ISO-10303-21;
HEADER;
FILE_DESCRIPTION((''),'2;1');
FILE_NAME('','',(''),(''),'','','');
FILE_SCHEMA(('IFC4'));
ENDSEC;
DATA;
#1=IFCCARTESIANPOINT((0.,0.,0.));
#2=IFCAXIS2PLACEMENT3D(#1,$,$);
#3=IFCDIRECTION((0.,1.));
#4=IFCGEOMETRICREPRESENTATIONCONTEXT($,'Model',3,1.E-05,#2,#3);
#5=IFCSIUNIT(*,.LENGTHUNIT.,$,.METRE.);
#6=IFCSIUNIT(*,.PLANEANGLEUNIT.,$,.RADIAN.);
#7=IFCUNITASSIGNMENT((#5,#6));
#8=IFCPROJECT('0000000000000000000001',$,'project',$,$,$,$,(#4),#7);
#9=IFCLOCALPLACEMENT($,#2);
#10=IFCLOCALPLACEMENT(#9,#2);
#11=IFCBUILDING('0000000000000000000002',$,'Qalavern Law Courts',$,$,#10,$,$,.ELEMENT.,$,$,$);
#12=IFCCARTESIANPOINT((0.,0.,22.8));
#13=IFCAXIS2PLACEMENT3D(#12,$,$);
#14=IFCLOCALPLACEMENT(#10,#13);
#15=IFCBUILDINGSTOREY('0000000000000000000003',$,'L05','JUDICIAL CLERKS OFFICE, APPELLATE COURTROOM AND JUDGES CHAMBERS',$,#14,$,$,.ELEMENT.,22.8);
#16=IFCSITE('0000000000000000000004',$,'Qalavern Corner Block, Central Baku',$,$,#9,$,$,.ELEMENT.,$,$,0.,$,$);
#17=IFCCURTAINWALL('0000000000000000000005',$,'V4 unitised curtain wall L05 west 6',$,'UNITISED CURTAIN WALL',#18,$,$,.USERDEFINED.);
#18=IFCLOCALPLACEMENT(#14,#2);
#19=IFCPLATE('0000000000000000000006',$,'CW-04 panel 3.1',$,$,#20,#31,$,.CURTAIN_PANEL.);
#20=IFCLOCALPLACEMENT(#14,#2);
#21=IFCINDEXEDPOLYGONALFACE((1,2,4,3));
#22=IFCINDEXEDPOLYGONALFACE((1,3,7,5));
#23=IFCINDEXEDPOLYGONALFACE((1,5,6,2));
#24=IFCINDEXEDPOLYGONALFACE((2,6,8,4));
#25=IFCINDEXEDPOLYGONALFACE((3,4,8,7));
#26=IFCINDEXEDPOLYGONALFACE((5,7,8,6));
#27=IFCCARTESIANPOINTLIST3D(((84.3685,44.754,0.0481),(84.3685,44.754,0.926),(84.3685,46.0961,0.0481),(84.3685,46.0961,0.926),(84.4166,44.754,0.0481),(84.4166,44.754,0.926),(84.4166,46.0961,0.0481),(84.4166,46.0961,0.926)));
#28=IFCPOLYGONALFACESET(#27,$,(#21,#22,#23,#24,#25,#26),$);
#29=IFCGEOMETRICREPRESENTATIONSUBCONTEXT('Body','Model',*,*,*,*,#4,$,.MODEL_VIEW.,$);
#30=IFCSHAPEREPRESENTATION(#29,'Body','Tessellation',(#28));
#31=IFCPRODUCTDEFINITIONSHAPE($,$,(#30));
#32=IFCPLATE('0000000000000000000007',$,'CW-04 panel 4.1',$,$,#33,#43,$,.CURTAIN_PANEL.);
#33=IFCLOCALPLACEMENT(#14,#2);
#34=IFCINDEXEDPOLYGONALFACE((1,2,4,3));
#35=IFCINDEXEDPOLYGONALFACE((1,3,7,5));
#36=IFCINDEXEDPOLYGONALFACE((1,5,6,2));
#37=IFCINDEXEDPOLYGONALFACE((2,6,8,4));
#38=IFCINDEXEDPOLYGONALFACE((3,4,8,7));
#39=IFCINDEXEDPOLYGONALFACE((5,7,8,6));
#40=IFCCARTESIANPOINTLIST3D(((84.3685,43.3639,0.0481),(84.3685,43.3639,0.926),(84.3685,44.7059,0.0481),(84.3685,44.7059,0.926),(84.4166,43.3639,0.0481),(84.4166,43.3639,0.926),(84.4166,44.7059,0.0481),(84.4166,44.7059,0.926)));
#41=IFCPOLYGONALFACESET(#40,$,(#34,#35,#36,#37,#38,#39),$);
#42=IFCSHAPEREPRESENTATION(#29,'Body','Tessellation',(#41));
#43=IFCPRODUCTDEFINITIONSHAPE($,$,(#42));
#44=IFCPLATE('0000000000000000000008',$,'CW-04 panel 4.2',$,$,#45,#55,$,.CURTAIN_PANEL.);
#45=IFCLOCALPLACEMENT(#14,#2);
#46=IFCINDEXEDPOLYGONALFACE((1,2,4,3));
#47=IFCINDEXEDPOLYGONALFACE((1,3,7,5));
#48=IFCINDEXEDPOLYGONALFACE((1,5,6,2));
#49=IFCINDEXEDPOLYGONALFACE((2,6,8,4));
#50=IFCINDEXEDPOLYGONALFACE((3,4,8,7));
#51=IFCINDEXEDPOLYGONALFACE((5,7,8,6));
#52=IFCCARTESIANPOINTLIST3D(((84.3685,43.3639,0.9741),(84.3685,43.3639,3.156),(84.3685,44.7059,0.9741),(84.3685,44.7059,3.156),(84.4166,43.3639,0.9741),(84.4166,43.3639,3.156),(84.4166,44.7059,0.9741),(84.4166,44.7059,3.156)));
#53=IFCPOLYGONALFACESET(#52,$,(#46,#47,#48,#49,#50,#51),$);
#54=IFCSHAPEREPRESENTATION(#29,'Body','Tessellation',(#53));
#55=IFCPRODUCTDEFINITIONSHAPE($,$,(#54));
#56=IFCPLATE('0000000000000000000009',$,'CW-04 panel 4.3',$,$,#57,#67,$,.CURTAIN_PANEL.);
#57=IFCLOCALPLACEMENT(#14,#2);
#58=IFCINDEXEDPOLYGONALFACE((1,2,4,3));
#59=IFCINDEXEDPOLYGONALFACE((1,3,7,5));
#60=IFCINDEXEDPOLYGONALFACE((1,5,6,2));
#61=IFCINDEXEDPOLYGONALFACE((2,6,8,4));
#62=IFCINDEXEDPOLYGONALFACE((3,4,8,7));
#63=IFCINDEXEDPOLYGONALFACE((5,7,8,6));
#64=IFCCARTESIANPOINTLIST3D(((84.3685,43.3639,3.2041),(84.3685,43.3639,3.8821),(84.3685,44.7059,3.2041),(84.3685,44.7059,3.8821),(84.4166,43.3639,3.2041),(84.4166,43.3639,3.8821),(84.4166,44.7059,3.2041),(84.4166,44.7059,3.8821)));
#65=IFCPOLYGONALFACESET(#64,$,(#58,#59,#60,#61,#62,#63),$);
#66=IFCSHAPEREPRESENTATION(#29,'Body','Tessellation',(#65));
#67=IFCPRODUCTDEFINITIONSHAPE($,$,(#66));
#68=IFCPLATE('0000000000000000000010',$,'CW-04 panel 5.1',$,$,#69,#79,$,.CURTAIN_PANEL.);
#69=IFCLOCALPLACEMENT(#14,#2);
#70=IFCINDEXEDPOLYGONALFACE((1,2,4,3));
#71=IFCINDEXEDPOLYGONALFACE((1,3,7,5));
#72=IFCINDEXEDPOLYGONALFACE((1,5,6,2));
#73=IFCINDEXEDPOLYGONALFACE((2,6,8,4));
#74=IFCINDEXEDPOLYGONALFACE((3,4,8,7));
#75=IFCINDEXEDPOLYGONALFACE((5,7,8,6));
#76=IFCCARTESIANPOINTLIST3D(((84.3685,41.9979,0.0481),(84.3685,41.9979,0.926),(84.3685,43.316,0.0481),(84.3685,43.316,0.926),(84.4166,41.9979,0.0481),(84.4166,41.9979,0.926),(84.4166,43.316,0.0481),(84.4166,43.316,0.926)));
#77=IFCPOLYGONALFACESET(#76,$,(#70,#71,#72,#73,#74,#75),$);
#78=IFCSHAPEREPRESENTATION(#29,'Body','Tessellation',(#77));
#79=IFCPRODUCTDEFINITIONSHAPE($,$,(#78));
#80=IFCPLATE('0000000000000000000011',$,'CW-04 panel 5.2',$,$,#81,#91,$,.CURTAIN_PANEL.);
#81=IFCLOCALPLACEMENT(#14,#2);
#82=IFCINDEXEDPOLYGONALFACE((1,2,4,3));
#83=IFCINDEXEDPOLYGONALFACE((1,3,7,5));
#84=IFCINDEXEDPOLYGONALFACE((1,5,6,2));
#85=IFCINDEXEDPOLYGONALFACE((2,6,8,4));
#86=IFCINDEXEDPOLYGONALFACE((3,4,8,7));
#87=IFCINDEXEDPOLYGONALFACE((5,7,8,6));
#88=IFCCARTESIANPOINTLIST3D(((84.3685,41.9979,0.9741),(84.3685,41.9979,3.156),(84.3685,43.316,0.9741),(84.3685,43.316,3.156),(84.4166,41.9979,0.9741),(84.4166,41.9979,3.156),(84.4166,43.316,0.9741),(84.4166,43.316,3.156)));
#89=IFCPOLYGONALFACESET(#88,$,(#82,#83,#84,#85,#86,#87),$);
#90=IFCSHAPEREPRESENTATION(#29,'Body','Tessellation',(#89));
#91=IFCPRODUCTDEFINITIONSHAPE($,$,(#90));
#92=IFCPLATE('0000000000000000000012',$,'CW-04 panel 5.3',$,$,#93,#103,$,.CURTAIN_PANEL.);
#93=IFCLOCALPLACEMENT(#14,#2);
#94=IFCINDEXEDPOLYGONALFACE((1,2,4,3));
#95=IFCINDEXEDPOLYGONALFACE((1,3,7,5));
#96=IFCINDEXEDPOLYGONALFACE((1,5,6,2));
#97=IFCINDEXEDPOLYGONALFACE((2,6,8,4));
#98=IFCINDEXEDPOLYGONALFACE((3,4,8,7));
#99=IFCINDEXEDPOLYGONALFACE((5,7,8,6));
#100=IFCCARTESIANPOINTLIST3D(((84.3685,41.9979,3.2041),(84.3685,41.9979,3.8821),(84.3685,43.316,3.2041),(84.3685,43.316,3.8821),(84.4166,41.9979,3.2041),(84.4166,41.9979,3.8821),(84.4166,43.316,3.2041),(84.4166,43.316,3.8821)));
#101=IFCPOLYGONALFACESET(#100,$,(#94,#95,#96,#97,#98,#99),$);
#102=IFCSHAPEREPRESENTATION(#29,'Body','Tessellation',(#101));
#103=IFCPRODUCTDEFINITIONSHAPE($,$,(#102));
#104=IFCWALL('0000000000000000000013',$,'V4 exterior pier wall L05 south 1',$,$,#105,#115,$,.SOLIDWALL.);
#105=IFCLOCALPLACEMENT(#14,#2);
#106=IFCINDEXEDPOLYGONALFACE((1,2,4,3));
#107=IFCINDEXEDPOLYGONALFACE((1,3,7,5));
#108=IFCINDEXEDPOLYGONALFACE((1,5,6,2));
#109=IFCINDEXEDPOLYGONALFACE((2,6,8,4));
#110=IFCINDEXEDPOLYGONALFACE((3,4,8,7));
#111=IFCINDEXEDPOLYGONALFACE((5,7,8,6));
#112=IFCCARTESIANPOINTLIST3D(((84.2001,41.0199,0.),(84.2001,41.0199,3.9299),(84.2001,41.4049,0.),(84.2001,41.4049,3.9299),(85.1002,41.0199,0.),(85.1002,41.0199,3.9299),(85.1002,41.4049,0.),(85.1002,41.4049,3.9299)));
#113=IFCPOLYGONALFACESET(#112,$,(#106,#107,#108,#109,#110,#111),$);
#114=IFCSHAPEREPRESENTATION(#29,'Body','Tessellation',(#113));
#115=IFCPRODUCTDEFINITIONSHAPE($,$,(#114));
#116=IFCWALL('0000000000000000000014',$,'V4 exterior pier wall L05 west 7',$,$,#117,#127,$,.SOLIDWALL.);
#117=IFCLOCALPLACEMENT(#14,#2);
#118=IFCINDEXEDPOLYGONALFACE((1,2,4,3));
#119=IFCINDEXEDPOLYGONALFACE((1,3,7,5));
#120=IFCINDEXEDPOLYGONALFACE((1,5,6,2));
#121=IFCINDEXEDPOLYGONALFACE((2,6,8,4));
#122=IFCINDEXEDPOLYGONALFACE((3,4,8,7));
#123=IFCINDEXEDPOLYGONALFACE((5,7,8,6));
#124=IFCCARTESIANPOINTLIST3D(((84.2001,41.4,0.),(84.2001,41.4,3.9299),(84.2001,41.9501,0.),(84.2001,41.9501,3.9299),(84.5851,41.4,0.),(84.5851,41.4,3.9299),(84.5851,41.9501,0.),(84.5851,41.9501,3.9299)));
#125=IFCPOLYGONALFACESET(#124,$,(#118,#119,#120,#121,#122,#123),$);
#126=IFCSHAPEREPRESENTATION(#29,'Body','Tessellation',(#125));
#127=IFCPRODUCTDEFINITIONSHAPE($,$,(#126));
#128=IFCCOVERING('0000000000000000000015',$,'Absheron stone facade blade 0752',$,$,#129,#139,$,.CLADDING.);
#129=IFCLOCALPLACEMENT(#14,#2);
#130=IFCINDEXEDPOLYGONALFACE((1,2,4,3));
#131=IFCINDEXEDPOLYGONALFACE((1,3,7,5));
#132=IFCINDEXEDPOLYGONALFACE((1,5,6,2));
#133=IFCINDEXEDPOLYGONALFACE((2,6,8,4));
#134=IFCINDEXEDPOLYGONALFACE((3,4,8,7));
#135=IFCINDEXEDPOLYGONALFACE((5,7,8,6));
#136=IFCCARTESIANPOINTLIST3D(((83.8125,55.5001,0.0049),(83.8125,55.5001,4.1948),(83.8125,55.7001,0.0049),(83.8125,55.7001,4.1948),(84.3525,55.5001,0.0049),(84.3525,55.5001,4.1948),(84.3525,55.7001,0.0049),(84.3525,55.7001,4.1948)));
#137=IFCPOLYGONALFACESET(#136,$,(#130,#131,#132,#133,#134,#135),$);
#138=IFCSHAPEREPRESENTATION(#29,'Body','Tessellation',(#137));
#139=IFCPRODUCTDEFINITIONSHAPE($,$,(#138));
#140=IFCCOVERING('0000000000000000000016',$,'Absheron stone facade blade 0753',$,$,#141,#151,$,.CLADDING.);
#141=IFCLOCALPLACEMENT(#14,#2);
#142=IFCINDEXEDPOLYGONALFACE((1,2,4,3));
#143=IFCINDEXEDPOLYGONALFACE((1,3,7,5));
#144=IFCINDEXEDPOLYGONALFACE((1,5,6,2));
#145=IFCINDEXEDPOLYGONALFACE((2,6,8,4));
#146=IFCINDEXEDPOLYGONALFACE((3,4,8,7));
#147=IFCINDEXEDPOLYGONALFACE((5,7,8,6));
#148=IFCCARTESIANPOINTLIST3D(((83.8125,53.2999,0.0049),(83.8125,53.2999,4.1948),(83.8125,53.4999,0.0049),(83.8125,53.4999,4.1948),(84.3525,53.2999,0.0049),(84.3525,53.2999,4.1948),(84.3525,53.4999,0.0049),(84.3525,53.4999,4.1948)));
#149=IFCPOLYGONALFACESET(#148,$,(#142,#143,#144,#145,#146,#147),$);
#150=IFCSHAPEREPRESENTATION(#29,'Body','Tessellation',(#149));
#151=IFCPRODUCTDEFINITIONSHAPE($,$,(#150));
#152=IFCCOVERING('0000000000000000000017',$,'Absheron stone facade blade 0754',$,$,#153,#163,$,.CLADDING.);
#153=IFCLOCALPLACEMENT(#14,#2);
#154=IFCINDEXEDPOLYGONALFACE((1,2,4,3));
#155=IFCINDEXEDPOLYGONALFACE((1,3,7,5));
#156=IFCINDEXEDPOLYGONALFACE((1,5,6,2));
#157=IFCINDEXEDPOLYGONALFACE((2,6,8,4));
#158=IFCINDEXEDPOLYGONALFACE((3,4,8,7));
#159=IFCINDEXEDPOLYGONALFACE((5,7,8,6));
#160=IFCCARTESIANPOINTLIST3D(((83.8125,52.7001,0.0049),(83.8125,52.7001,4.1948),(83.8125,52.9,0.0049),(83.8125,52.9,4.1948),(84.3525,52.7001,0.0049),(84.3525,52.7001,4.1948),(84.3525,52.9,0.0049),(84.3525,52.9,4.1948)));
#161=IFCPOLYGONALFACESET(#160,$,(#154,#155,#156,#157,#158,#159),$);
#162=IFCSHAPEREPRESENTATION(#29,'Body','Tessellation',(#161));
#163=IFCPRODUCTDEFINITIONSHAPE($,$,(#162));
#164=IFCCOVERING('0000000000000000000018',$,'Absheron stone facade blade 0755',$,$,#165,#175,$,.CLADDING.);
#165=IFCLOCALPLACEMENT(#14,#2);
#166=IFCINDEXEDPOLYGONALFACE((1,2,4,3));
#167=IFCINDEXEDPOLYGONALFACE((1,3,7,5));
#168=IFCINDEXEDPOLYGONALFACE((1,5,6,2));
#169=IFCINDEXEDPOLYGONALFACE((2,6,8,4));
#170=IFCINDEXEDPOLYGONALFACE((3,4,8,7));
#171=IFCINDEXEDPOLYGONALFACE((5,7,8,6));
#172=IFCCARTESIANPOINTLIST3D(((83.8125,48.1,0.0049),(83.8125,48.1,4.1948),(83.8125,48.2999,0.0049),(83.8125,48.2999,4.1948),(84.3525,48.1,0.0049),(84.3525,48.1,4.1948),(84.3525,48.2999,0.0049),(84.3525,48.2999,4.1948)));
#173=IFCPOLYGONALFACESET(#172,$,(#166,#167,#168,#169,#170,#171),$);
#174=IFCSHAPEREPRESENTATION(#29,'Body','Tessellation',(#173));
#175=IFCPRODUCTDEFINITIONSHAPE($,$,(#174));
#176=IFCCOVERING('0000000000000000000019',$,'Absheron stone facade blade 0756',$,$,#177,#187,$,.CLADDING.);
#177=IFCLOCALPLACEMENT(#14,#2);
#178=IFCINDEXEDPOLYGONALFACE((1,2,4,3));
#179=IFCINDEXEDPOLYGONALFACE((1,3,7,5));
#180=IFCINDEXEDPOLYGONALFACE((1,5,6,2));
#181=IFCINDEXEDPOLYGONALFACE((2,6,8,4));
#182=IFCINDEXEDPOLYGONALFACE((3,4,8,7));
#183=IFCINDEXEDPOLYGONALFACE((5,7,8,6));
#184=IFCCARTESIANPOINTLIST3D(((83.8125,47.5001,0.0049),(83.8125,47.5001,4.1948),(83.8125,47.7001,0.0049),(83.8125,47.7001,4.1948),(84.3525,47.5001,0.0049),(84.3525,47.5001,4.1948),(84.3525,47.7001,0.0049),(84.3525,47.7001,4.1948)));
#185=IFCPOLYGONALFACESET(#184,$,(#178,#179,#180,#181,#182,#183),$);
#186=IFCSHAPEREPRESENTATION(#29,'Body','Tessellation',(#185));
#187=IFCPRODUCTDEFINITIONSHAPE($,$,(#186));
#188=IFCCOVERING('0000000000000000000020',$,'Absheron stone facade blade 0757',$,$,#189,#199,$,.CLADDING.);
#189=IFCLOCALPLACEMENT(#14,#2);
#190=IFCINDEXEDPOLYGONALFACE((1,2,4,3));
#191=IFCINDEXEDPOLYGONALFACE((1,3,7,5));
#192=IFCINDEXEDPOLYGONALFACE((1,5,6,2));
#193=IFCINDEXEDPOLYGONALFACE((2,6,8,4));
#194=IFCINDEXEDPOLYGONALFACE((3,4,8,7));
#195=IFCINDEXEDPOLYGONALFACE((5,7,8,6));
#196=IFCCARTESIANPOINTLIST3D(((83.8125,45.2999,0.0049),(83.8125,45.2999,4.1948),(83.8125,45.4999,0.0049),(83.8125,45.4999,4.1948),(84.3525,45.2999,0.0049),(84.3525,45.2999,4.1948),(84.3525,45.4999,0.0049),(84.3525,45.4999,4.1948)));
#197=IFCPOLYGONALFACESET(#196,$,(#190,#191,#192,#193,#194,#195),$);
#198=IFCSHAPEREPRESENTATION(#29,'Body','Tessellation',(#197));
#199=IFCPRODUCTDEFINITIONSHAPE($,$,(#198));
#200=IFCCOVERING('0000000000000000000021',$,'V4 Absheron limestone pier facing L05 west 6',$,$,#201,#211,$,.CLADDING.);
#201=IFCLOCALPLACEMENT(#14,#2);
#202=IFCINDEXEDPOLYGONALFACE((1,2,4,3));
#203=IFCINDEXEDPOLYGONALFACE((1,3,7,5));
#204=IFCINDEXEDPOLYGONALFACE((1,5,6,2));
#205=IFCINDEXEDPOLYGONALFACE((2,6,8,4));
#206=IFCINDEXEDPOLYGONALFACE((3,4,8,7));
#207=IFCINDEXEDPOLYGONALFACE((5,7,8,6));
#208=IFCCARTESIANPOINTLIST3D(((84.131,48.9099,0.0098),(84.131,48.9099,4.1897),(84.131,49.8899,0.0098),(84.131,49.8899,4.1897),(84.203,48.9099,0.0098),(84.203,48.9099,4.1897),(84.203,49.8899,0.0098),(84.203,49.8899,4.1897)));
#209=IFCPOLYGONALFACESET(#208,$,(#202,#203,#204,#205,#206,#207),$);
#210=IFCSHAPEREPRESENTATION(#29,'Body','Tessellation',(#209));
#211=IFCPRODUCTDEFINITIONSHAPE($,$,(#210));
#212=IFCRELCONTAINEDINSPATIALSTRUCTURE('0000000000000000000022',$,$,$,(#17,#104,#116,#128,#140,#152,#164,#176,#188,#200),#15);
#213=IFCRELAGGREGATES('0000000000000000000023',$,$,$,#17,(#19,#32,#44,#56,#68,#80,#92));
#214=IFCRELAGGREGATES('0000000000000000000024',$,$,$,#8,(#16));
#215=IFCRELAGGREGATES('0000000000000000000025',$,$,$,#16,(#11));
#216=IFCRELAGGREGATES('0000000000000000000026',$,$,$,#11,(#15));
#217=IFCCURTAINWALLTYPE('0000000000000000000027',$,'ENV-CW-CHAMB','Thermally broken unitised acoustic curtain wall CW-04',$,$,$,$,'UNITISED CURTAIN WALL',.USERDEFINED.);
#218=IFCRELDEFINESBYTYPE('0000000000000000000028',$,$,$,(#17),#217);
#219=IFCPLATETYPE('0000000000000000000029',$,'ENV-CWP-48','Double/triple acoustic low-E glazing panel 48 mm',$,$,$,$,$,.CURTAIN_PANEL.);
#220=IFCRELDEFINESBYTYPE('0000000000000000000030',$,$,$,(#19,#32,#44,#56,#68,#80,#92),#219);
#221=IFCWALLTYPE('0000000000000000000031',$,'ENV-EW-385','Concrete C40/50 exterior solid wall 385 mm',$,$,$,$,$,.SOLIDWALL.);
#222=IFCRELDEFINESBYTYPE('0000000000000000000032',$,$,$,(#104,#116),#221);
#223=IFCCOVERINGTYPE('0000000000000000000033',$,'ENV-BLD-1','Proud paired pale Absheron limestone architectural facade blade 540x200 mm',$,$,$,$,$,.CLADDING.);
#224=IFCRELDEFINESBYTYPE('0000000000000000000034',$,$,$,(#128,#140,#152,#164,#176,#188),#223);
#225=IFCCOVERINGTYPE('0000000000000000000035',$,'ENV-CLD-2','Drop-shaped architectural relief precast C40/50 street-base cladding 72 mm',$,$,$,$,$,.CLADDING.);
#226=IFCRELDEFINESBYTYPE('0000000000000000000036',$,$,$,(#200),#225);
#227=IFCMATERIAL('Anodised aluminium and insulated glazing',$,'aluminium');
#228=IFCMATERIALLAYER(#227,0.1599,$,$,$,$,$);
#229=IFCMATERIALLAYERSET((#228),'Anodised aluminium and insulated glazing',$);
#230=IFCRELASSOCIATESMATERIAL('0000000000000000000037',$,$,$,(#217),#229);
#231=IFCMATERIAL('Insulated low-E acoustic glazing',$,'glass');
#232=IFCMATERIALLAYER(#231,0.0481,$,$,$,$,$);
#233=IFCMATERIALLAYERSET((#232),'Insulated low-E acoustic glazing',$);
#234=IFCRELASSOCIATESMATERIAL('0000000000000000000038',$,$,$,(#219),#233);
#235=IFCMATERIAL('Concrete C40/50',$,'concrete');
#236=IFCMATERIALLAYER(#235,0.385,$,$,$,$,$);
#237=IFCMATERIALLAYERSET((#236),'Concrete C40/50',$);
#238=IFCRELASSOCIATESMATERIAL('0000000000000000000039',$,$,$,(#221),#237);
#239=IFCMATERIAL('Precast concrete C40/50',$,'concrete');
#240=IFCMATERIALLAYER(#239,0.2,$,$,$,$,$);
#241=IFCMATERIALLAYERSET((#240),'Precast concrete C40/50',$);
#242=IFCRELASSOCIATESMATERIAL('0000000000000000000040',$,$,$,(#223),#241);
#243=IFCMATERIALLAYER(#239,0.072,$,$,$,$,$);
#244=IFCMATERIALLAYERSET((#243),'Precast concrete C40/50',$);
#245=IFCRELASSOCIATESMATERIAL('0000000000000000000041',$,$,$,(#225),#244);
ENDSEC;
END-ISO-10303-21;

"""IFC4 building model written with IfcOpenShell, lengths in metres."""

from ifc_helpers import new_model, si_unit, direction, frame, frame_2d, origin, origin_2d, place, context, subcontext, project, spatial, rectangle, extrude, material, layer, layer_set, type_object, element, aggregate, save


model = new_model("IFC4")

# Units and contexts
model_context = context("Model", 3, precision=1e-05, world=origin(), true_north=direction((0.0, 1.0)))
body_context = subcontext(model_context, "Body", "Model", "MODEL_VIEW")
ifc_project = project(units=[si_unit("LENGTHUNIT", "METRE"), si_unit("PLANEANGLEUNIT", "RADIAN")], contexts=[model_context])

# Site, building, storey
site_placement = place(None, origin())
site = spatial("IfcSite", under=ifc_project, at=site_placement, Name="Qalavern Corner Block, Central Baku", CompositionType="ELEMENT", RefElevation=0.0)
building_placement = place(site_placement, origin())
building = spatial("IfcBuilding", under=site, at=building_placement, Name="Qalavern Law Courts", CompositionType="ELEMENT")
storey_placement = place(building_placement, frame((0.0, 0.0, 22.8)))
storey = spatial("IfcBuildingStorey", under=building, at=storey_placement, Name="L05", Description="JUDICIAL CLERKS OFFICE, APPELLATE COURTROOM AND JUDGES CHAMBERS", CompositionType="ELEMENT", Elevation=22.8)

# Curtain wall, plates
ifc_material_1 = material(Name="Anodised aluminium and insulated glazing", Category="aluminium")
ifc_layer_1 = layer(ifc_material_1, 0.1599)
ifc_layer_set_1 = layer_set([ifc_layer_1], Name="Anodised aluminium and insulated glazing")
curtain_wall_type = type_object("IfcCurtainWallType", Name="ENV-CW-CHAMB", Description="Thermally broken unitised acoustic curtain wall CW-04", ElementType="UNITISED CURTAIN WALL", PredefinedType="USERDEFINED", material=ifc_layer_set_1)
curtain_wall_placement = place(storey_placement, origin())
curtain_wall = element("IfcCurtainWall", 1, at=curtain_wall_placement, inside=storey, type_object=curtain_wall_type, Name="V4 unitised curtain wall L05 west 6", ObjectType="UNITISED CURTAIN WALL", PredefinedType="USERDEFINED")
ifc_material_2 = material(Name="Insulated low-E acoustic glazing", Category="glass")
ifc_layer_2 = layer(ifc_material_2, 0.0481)
ifc_layer_set_2 = layer_set([ifc_layer_2], Name="Insulated low-E acoustic glazing")
plate_type = type_object("IfcPlateType", Name="ENV-CWP-48", Description="Double/triple acoustic low-E glazing panel 48 mm", PredefinedType="CURTAIN_PANEL", material=ifc_layer_set_2)
plate_1_placement = place(storey_placement, frame((84.3926, 45.425, 0.0481), z_axis=(0.0, 0.0, 1.0), x_axis=(0.0, -1.0, 0.0)))
plate_1 = element("IfcPlate", 2, at=plate_1_placement, type_object=plate_type, Name="CW-04 panel 3.1", PredefinedType="CURTAIN_PANEL", context=body_context, shape_type="SweptSolid", body=[
    extrude(rectangle(XDim=1.342, YDim=0.0481, at=origin_2d()), origin(), (0.0, 0.0, 1.0), 0.8779),
])
plate_2_placement = place(storey_placement, frame((84.3926, 44.0349, 0.0481), z_axis=(0.0, 0.0, 1.0), x_axis=(0.0, -1.0, 0.0)))
plate_2 = element("IfcPlate", 3, at=plate_2_placement, type_object=plate_type, Name="CW-04 panel 4.1", PredefinedType="CURTAIN_PANEL", context=body_context, shape_type="SweptSolid", body=[
    extrude(rectangle(XDim=1.342, YDim=0.0481, at=origin_2d()), origin(), (0.0, 0.0, 1.0), 0.8779),
])
plate_3_placement = place(storey_placement, frame((84.3926, 44.0349, 0.9741), z_axis=(0.0, 0.0, 1.0), x_axis=(0.0, -1.0, 0.0)))
plate_3 = element("IfcPlate", 4, at=plate_3_placement, type_object=plate_type, Name="CW-04 panel 4.2", PredefinedType="CURTAIN_PANEL", context=body_context, shape_type="SweptSolid", body=[
    extrude(rectangle(XDim=1.342, YDim=0.0481, at=origin_2d()), origin(), (0.0, 0.0, 1.0), 2.1819),
])
plate_4_placement = place(storey_placement, frame((84.3926, 44.0349, 3.2041), z_axis=(0.0, 0.0, 1.0), x_axis=(0.0, -1.0, 0.0)))
plate_4 = element("IfcPlate", 5, at=plate_4_placement, type_object=plate_type, Name="CW-04 panel 4.3", PredefinedType="CURTAIN_PANEL", context=body_context, shape_type="SweptSolid", body=[
    extrude(rectangle(XDim=1.342, YDim=0.0481, at=origin_2d()), origin(), (0.0, 0.0, 1.0), 0.678),
])
plate_5_placement = place(storey_placement, frame((84.3926, 42.657, 0.0481), z_axis=(0.0, 0.0, 1.0), x_axis=(0.0, -1.0, 0.0)))
plate_5 = element("IfcPlate", 6, at=plate_5_placement, type_object=plate_type, Name="CW-04 panel 5.1", PredefinedType="CURTAIN_PANEL", context=body_context, shape_type="SweptSolid", body=[
    extrude(rectangle(XDim=1.3181, YDim=0.0481, at=origin_2d()), origin(), (0.0, 0.0, 1.0), 0.8779),
])
plate_6_placement = place(storey_placement, frame((84.3926, 42.657, 0.9741), z_axis=(0.0, 0.0, 1.0), x_axis=(0.0, -1.0, 0.0)))
plate_6 = element("IfcPlate", 7, at=plate_6_placement, type_object=plate_type, Name="CW-04 panel 5.2", PredefinedType="CURTAIN_PANEL", context=body_context, shape_type="SweptSolid", body=[
    extrude(rectangle(XDim=1.3181, YDim=0.0481, at=origin_2d()), origin(), (0.0, 0.0, 1.0), 2.1819),
])
plate_7_placement = place(storey_placement, frame((84.3926, 42.657, 3.2041), z_axis=(0.0, 0.0, 1.0), x_axis=(0.0, -1.0, 0.0)))
plate_7 = element("IfcPlate", 8, at=plate_7_placement, type_object=plate_type, Name="CW-04 panel 5.3", PredefinedType="CURTAIN_PANEL", context=body_context, shape_type="SweptSolid", body=[
    extrude(rectangle(XDim=1.3181, YDim=0.0481, at=origin_2d()), origin(), (0.0, 0.0, 1.0), 0.678),
])
aggregate(curtain_wall, [plate_1, plate_2, plate_3, plate_4, plate_5, plate_6, plate_7])

# Walls
ifc_material_3 = material(Name="Concrete C40/50", Category="concrete")
ifc_layer_3 = layer(ifc_material_3, 0.385)
ifc_layer_set_3 = layer_set([ifc_layer_3], Name="Concrete C40/50")
wall_type = type_object("IfcWallType", Name="ENV-EW-385", Description="Concrete C40/50 exterior solid wall 385 mm", PredefinedType="SOLIDWALL", material=ifc_layer_set_3)
wall_1_placement = place(storey_placement, frame((84.2, 41.2124, 0.0), z_axis=(0.0, 0.0, 1.0), x_axis=(1.0, 0.0, 0.0)))
element("IfcWall", 9, at=wall_1_placement, inside=storey, type_object=wall_type, Name="V4 exterior pier wall L05 south 1", PredefinedType="SOLIDWALL", context=body_context, shape_type="SweptSolid", body=[
    extrude(rectangle(XDim=0.9001, YDim=0.385, at=frame_2d((0.4502, 0.0))), origin(), (0.0, 0.0, 1.0), 3.9299),
])
wall_2_placement = place(storey_placement, frame((84.3926, 41.95, 0.0), z_axis=(0.0, 0.0, 1.0), x_axis=(0.0, -1.0, 0.0)))
element("IfcWall", 10, at=wall_2_placement, inside=storey, type_object=wall_type, Name="V4 exterior pier wall L05 west 7", PredefinedType="SOLIDWALL", context=body_context, shape_type="SweptSolid", body=[
    extrude(rectangle(XDim=0.55, YDim=0.385, at=frame_2d((0.2749, 0.0))), origin(), (0.0, 0.0, 1.0), 3.9299),
])

# Coverings
ifc_material_4 = material(Name="Precast concrete C40/50", Category="concrete")
ifc_layer_4 = layer(ifc_material_4, 0.2)
ifc_layer_set_4 = layer_set([ifc_layer_4], Name="Precast concrete C40/50")
covering_type_1 = type_object("IfcCoveringType", Name="ENV-BLD-1", Description="Proud paired pale Absheron limestone architectural facade blade 540x200 mm", PredefinedType="CLADDING", material=ifc_layer_set_4)
for number, where, z_axis, x_axis, name in (
    (11, (84.0825, 55.6001, 0.0049), (0.0, 0.0, 1.0), (-1.0, 0.0, 0.0), "Absheron stone facade blade 0752"),
    (12, (84.0825, 53.3999, 0.0049), (0.0, 0.0, 1.0), (-1.0, 0.0, 0.0), "Absheron stone facade blade 0753"),
    (13, (84.0825, 52.8, 0.0049), (0.0, 0.0, 1.0), (-1.0, 0.0, 0.0), "Absheron stone facade blade 0754"),
    (14, (84.0825, 48.2, 0.0049), (0.0, 0.0, 1.0), (-1.0, 0.0, 0.0), "Absheron stone facade blade 0755"),
    (15, (84.0825, 47.6001, 0.0049), (0.0, 0.0, 1.0), (-1.0, 0.0, 0.0), "Absheron stone facade blade 0756"),
    (16, (84.0825, 45.3999, 0.0049), (0.0, 0.0, 1.0), (-1.0, 0.0, 0.0), "Absheron stone facade blade 0757"),
):
    element("IfcCovering", number, at=place(storey_placement, frame(where, z_axis=z_axis, x_axis=x_axis)), inside=storey, type_object=covering_type_1, Name=name, PredefinedType="CLADDING", context=body_context, shape_type="SweptSolid", body=[
        extrude(rectangle(XDim=0.54, YDim=0.2, at=origin_2d()), origin(), (0.0, 0.0, 1.0), 4.1899),
    ])
ifc_layer_5 = layer(ifc_material_4, 0.072)
ifc_layer_set_5 = layer_set([ifc_layer_5], Name="Precast concrete C40/50")
covering_type_2 = type_object("IfcCoveringType", Name="ENV-CLD-2", Description="Drop-shaped architectural relief precast C40/50 street-base cladding 72 mm", PredefinedType="CLADDING", material=ifc_layer_set_5)
covering_1_placement = place(storey_placement, frame((84.167, 49.3999, 0.0098), z_axis=(0.0, 0.0, 1.0), x_axis=(0.0, -1.0, 0.0)))
element("IfcCovering", 17, at=covering_1_placement, inside=storey, type_object=covering_type_2, Name="V4 Absheron limestone pier facing L05 west 6", PredefinedType="CLADDING", context=body_context, shape_type="SweptSolid", body=[
    extrude(rectangle(XDim=0.98, YDim=0.072, at=origin_2d()), origin(), (0.0, 0.0, 1.0), 4.1799),
])

save(model, "model.ifc")
